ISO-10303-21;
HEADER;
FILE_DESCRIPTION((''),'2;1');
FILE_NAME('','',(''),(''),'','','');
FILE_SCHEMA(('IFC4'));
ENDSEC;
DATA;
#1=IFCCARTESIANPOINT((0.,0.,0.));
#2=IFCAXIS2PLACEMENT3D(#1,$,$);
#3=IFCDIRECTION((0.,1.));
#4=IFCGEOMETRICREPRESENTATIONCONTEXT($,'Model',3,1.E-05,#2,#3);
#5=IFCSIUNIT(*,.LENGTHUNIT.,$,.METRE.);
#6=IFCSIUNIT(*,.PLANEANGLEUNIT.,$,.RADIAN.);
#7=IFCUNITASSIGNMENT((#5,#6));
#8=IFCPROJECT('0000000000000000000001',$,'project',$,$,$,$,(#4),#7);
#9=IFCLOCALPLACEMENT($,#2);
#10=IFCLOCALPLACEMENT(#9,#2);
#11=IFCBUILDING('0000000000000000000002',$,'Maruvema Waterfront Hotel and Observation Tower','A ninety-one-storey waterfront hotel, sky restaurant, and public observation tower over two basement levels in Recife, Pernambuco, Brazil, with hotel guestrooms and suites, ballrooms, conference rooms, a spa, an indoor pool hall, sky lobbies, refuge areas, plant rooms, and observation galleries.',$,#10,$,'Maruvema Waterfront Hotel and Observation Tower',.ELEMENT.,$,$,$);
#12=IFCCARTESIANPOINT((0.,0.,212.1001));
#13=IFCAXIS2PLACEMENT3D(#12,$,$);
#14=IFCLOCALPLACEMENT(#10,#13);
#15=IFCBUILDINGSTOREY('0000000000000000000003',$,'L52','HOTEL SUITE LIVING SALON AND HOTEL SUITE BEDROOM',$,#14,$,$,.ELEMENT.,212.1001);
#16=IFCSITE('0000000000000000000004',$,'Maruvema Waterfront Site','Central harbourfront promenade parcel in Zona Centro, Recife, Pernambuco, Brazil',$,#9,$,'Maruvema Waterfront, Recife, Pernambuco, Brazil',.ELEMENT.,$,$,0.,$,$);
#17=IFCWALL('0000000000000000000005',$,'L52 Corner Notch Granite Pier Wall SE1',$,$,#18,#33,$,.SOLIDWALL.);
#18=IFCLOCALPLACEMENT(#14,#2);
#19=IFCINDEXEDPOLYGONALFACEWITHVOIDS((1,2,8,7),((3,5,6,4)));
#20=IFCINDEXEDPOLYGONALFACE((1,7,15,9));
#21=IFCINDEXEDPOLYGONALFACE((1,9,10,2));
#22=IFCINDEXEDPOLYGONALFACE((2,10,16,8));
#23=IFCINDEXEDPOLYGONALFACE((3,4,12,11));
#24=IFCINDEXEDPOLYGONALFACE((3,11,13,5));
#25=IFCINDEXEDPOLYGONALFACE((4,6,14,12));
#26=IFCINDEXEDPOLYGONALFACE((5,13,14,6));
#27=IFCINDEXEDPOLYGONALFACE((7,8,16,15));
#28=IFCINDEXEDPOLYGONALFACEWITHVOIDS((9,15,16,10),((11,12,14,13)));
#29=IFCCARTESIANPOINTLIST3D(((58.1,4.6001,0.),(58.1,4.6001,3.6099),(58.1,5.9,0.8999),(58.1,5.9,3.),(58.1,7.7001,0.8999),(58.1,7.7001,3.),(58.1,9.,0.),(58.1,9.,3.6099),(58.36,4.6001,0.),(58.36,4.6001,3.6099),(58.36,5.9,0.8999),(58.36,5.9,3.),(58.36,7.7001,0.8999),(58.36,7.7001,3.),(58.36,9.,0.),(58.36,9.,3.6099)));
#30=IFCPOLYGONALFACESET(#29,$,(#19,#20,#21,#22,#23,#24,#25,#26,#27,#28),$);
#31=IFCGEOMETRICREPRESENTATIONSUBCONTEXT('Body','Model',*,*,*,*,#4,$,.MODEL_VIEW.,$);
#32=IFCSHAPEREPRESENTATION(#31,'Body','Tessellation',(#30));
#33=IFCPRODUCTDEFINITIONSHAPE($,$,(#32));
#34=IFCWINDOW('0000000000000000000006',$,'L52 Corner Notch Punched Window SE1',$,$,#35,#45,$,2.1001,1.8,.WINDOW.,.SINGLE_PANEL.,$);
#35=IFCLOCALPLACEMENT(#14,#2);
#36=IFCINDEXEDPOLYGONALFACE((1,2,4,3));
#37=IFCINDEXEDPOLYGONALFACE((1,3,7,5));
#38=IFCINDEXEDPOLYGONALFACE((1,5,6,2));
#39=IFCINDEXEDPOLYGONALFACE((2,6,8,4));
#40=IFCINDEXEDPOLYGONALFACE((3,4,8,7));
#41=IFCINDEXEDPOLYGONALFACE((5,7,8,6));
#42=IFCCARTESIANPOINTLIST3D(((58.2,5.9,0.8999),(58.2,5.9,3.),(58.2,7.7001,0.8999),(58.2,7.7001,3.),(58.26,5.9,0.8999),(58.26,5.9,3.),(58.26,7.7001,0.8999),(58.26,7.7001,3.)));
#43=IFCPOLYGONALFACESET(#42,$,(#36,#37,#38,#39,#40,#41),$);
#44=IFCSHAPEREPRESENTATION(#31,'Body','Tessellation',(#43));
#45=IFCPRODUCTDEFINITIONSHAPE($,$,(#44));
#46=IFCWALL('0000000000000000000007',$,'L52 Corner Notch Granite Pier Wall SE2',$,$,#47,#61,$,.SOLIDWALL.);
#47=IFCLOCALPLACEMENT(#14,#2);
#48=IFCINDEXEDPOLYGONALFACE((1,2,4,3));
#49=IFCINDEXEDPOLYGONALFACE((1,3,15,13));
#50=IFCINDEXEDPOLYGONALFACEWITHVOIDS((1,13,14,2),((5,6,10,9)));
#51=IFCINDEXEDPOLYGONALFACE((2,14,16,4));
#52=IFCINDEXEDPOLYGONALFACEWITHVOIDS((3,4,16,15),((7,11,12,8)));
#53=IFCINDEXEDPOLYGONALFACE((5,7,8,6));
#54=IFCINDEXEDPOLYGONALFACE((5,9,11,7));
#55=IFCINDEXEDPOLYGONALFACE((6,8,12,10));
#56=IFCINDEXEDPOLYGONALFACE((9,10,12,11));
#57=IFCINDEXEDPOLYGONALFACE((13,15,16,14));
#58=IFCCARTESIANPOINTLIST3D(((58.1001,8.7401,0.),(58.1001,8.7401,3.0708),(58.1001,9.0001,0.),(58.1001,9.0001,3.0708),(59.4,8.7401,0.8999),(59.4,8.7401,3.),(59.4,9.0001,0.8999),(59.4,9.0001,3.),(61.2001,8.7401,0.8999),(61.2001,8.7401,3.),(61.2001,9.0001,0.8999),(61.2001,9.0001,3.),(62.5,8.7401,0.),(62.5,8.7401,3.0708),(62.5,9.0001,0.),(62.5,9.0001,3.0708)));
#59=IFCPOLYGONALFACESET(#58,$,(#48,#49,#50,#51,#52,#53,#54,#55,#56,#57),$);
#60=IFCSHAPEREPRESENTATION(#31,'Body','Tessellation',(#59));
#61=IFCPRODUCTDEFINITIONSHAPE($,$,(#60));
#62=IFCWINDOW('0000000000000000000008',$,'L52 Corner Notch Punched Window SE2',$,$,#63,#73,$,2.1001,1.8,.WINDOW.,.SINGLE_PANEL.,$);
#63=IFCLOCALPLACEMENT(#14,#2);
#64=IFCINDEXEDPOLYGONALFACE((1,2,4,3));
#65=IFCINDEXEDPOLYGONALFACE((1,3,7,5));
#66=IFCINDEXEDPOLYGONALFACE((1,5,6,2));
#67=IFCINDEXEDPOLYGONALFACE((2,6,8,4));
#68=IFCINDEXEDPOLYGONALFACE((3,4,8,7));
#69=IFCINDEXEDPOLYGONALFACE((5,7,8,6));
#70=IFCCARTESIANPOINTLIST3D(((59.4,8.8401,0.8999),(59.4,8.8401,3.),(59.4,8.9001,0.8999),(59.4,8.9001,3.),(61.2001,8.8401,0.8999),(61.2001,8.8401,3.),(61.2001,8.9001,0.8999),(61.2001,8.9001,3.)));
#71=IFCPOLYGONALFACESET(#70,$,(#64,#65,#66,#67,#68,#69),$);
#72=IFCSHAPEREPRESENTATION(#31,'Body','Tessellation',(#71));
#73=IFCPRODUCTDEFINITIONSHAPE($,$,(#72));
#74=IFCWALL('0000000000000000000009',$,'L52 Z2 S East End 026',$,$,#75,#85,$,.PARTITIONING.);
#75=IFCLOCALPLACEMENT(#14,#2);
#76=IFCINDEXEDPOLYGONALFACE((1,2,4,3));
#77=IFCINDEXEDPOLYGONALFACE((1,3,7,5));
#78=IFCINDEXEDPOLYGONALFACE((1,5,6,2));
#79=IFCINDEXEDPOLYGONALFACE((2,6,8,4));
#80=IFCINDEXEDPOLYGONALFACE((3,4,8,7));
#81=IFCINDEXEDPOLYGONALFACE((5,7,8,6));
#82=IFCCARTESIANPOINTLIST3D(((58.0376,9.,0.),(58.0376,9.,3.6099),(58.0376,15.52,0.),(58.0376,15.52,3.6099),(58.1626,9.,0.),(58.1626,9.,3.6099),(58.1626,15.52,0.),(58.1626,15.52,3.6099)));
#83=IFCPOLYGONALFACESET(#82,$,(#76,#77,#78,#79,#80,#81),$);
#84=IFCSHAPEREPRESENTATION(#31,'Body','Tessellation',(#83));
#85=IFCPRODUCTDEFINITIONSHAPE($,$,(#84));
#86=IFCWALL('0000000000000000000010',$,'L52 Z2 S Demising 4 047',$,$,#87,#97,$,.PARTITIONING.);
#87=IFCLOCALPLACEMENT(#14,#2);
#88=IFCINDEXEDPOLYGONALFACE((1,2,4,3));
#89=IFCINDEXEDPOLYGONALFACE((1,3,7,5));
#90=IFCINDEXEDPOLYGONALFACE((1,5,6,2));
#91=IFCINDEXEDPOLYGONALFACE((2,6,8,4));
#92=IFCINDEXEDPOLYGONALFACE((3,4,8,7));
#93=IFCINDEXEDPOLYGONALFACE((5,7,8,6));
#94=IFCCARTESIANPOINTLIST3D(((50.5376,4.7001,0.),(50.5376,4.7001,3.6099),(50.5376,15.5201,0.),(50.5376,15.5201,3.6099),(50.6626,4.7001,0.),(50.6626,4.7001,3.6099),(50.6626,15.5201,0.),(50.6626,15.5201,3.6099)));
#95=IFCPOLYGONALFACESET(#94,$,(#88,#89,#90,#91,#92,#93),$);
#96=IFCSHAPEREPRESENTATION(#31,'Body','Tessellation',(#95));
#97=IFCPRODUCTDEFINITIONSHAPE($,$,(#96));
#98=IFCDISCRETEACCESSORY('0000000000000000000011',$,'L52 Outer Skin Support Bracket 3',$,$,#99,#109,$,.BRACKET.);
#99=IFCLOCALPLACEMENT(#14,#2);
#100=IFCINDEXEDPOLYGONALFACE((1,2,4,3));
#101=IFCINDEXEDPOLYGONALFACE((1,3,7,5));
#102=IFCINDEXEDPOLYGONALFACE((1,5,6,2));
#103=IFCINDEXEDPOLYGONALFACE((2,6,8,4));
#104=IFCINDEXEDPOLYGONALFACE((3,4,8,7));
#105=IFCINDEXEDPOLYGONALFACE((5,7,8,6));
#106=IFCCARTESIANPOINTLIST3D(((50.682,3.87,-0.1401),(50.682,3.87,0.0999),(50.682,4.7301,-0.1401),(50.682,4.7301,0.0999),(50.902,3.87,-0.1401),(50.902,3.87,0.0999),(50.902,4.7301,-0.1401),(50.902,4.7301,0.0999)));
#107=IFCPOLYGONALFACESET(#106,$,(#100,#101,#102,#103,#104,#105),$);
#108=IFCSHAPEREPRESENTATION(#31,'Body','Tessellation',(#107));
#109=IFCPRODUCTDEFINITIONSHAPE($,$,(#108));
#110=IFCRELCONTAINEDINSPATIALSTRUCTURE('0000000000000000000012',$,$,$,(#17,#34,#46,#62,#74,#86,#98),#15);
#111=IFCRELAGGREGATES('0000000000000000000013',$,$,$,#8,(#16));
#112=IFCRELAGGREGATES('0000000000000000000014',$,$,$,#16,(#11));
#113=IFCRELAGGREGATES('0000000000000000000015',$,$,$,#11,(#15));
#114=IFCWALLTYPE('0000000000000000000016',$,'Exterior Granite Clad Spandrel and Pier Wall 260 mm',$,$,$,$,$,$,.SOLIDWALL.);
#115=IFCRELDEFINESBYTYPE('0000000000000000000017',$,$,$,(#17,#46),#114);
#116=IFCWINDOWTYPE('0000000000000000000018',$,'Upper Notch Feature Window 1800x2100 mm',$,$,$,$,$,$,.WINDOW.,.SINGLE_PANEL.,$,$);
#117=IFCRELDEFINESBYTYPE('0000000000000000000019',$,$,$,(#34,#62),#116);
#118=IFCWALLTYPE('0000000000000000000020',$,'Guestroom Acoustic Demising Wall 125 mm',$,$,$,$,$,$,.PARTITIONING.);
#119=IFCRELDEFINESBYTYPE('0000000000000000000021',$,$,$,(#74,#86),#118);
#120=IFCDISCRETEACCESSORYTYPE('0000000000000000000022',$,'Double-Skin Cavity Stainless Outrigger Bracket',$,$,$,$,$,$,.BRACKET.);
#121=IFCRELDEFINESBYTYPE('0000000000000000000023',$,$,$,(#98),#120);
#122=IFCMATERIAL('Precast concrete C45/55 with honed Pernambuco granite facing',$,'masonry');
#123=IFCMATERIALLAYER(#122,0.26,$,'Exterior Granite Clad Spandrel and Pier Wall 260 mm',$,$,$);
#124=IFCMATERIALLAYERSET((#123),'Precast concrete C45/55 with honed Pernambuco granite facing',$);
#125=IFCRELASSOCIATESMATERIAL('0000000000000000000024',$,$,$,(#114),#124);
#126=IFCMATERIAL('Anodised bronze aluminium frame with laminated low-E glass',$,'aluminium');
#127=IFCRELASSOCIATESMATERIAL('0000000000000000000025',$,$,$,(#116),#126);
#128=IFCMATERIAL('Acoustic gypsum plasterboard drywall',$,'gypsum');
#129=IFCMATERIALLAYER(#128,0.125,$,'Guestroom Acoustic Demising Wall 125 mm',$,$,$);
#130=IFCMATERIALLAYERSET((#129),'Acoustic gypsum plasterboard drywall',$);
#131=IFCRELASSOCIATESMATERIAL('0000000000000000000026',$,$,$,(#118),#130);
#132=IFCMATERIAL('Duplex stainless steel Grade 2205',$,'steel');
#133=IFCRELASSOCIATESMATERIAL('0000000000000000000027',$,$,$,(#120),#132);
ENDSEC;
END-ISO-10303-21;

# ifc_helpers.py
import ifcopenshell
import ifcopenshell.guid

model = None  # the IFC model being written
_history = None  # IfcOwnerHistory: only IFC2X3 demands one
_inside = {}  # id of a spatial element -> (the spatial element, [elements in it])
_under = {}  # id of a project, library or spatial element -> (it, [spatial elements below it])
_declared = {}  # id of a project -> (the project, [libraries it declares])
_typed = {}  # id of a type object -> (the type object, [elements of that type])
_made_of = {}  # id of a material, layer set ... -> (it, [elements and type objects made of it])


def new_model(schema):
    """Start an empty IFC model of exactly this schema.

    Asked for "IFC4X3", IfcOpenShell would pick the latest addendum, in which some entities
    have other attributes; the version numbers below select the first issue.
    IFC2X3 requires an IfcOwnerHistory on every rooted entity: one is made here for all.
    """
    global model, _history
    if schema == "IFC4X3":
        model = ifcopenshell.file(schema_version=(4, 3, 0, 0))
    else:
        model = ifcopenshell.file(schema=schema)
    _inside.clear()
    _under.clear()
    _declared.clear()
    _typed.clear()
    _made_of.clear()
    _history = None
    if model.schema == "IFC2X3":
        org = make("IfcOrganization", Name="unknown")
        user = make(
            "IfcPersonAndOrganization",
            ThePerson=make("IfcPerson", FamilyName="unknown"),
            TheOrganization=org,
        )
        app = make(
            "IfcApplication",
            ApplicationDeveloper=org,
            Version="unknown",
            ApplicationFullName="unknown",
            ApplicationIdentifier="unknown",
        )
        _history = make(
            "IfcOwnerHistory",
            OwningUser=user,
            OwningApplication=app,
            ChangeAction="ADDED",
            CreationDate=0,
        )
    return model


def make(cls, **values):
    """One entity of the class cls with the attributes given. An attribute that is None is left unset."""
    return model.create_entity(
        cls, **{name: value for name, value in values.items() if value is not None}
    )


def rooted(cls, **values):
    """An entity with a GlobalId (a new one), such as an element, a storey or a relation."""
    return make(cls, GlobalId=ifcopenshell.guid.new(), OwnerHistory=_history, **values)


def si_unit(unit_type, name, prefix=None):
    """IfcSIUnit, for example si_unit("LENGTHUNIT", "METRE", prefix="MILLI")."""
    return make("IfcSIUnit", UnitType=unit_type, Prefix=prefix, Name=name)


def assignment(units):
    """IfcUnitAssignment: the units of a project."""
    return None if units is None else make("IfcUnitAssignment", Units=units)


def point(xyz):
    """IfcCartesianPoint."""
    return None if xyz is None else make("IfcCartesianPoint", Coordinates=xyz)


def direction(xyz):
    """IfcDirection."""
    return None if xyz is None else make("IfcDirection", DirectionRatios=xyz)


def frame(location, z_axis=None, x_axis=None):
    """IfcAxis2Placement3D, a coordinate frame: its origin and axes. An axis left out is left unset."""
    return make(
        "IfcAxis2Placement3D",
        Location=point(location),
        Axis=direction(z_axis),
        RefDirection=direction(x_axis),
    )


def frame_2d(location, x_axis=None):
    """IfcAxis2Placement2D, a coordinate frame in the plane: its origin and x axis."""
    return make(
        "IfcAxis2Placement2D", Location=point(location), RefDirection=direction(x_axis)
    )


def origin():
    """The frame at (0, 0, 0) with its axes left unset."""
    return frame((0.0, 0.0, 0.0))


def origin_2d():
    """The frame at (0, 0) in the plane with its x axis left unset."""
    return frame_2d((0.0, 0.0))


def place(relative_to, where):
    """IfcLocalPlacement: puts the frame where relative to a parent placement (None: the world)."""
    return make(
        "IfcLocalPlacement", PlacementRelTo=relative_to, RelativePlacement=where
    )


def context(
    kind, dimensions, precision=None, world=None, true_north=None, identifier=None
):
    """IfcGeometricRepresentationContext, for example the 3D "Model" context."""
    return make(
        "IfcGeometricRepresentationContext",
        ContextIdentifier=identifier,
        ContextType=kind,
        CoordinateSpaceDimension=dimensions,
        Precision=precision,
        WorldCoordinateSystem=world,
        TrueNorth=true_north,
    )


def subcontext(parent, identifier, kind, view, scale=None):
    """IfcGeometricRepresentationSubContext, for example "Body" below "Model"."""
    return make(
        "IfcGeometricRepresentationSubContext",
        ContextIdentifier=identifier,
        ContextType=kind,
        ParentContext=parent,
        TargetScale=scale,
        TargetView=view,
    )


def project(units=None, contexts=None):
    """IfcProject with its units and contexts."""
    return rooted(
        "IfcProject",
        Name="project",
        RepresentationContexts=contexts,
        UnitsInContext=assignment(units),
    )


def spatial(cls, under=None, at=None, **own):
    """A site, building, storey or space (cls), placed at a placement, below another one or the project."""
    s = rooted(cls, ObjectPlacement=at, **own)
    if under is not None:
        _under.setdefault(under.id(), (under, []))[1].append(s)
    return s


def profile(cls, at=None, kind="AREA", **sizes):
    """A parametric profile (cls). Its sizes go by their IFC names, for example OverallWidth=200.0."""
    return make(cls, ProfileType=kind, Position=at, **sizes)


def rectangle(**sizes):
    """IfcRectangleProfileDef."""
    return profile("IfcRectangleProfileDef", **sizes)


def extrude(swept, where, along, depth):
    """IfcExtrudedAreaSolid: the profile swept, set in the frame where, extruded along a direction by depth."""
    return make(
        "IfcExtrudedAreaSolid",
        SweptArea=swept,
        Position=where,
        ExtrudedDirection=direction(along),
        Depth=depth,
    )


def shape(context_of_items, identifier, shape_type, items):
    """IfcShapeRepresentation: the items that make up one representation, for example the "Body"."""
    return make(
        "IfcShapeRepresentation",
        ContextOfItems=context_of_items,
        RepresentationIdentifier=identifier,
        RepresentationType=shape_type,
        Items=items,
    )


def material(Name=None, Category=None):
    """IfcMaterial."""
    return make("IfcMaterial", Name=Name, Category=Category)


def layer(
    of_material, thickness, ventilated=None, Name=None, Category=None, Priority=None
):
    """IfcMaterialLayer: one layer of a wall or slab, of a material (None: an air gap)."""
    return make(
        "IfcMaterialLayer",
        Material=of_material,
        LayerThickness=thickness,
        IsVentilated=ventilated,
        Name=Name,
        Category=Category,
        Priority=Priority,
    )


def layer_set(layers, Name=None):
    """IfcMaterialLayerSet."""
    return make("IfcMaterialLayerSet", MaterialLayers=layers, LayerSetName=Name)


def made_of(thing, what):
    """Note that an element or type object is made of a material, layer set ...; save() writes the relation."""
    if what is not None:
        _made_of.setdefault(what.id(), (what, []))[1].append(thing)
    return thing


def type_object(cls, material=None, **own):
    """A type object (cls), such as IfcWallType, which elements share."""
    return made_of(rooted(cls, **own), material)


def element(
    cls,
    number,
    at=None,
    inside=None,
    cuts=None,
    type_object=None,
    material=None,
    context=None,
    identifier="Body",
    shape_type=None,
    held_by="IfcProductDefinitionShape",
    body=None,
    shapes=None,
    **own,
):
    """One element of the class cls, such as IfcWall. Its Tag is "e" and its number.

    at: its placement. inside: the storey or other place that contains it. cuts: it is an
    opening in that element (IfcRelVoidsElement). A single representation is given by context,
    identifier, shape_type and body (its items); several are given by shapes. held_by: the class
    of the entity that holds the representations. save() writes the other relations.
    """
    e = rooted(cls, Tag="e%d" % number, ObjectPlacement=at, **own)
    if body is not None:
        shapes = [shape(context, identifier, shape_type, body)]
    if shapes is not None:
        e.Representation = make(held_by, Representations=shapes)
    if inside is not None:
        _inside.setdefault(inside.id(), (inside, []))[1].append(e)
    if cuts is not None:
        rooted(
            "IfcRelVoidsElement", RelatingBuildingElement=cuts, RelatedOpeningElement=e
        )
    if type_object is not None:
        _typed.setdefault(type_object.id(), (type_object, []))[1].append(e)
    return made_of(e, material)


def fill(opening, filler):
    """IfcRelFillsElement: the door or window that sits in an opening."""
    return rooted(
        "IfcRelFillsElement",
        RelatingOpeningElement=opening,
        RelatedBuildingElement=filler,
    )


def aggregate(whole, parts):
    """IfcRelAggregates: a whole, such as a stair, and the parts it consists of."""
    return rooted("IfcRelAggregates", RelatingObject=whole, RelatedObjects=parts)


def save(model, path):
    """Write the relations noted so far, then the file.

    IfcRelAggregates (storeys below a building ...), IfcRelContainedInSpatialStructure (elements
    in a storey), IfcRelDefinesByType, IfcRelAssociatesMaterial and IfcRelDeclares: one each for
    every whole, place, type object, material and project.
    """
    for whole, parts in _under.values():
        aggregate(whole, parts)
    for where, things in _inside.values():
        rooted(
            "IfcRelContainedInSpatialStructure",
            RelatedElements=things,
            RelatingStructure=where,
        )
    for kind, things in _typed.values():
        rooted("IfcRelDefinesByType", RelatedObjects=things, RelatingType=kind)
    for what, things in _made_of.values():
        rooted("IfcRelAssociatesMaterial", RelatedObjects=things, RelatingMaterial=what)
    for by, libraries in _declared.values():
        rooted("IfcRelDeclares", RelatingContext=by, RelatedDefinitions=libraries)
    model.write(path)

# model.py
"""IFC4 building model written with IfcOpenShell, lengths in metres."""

from ifc_helpers import new_model, si_unit, direction, frame, frame_2d, origin, origin_2d, place, context, subcontext, project, spatial, rectangle, extrude, material, layer, layer_set, type_object, element, fill, save


model = new_model("IFC4")

# Units and contexts
model_context = context("Model", 3, precision=1e-05, world=origin(), true_north=direction((0.0, 1.0)))
body_context = subcontext(model_context, "Body", "Model", "MODEL_VIEW")
ifc_project = project(units=[si_unit("LENGTHUNIT", "METRE"), si_unit("PLANEANGLEUNIT", "RADIAN")], contexts=[model_context])

# Site, building, storey
site_placement = place(None, origin())
site = spatial("IfcSite", under=ifc_project, at=site_placement, Name="Maruvema Waterfront Site", Description="Central harbourfront promenade parcel in Zona Centro, Recife, Pernambuco, Brazil", LongName="Maruvema Waterfront, Recife, Pernambuco, Brazil", CompositionType="ELEMENT", RefElevation=0.0)
building_placement = place(site_placement, origin())
building = spatial("IfcBuilding", under=site, at=building_placement, Name="Maruvema Waterfront Hotel and Observation Tower", Description="A ninety-one-storey waterfront hotel, sky restaurant, and public observation tower over two basement levels in Recife, Pernambuco, Brazil, with hotel guestrooms and suites, ballrooms, conference rooms, a spa, an indoor pool hall, sky lobbies, refuge areas, plant rooms, and observation galleries.", LongName="Maruvema Waterfront Hotel and Observation Tower", CompositionType="ELEMENT")
storey_placement = place(building_placement, frame((0.0, 0.0, 212.1001)))
storey = spatial("IfcBuildingStorey", under=building, at=storey_placement, Name="L52", Description="HOTEL SUITE LIVING SALON AND HOTEL SUITE BEDROOM", CompositionType="ELEMENT", Elevation=212.1001)

# Walls, openings, windows
ifc_material_1 = material(Name="Precast concrete C45/55 with honed Pernambuco granite facing", Category="masonry")
ifc_layer_1 = layer(ifc_material_1, 0.26, Name="Exterior Granite Clad Spandrel and Pier Wall 260 mm")
ifc_layer_set_1 = layer_set([ifc_layer_1], Name="Precast concrete C45/55 with honed Pernambuco granite facing")
wall_type_1 = type_object("IfcWallType", Name="Exterior Granite Clad Spandrel and Pier Wall 260 mm", PredefinedType="SOLIDWALL", material=ifc_layer_set_1)
wall_1_placement = place(storey_placement, frame((58.23, 9.0, 0.0), z_axis=(0.0, 0.0, 1.0), x_axis=(0.0, -1.0, 0.0)))
wall_1 = element("IfcWall", 1, at=wall_1_placement, inside=storey, type_object=wall_type_1, Name="L52 Corner Notch Granite Pier Wall SE1", PredefinedType="SOLIDWALL", context=body_context, shape_type="SweptSolid", body=[
    extrude(rectangle(XDim=4.3999, YDim=0.26, at=frame_2d((2.2, 0.0))), origin(), (0.0, 0.0, 1.0), 3.6099),
])
opening_1_placement = place(wall_1_placement, frame((1.3, 0.0, 0.8999)))
opening_1 = element("IfcOpeningElement", 2, at=opening_1_placement, cuts=wall_1, PredefinedType="OPENING", context=body_context, shape_type="SweptSolid", body=[
    extrude(rectangle(XDim=1.8, YDim=2.1001, at=frame_2d((0.8999, 1.05))), frame((0.0, 0.1401, 0.0), z_axis=(0.0, -1.0, 0.0), x_axis=(1.0, 0.0, 0.0)), (0.0, 0.0, 1.0), 0.28),
])
ifc_material_2 = material(Name="Anodised bronze aluminium frame with laminated low-E glass", Category="aluminium")
window_type = type_object("IfcWindowType", Name="Upper Notch Feature Window 1800x2100 mm", PartitioningType="SINGLE_PANEL", PredefinedType="WINDOW", material=ifc_material_2)
window_1_placement = place(opening_1_placement, origin())
window_1 = element("IfcWindow", 3, at=window_1_placement, inside=storey, type_object=window_type, Name="L52 Corner Notch Punched Window SE1", OverallHeight=2.1001, OverallWidth=1.8, PartitioningType="SINGLE_PANEL", PredefinedType="WINDOW", context=body_context, shape_type="SweptSolid", body=[
    extrude(rectangle(XDim=1.8, YDim=2.1001, at=frame_2d((0.8999, 1.05))), frame((0.0, 0.03, 0.0), z_axis=(0.0, -1.0, 0.0), x_axis=(1.0, 0.0, 0.0)), (0.0, 0.0, 1.0), 0.0601),
])
fill(opening_1, window_1)
wall_2_placement = place(storey_placement, frame((62.5, 8.8701, 0.0), z_axis=(0.0, 0.0, 1.0), x_axis=(-1.0, 0.0, 0.0)))
wall_2 = element("IfcWall", 4, at=wall_2_placement, inside=storey, type_object=wall_type_1, Name="L52 Corner Notch Granite Pier Wall SE2", PredefinedType="SOLIDWALL", context=body_context, shape_type="SweptSolid", body=[
    extrude(rectangle(XDim=4.3999, YDim=0.26, at=frame_2d((2.2, 0.0))), origin(), (0.0, 0.0, 1.0), 3.0708),
])
opening_2_placement = place(wall_2_placement, frame((1.3, 0.0, 0.8999)))
opening_2 = element("IfcOpeningElement", 5, at=opening_2_placement, cuts=wall_2, PredefinedType="OPENING", context=body_context, shape_type="SweptSolid", body=[
    extrude(rectangle(XDim=1.8, YDim=2.1001, at=frame_2d((0.8999, 1.05))), frame((0.0, 0.1401, 0.0), z_axis=(0.0, -1.0, 0.0), x_axis=(1.0, 0.0, 0.0)), (0.0, 0.0, 1.0), 0.28),
])
window_2_placement = place(opening_2_placement, origin())
window_2 = element("IfcWindow", 6, at=window_2_placement, inside=storey, type_object=window_type, Name="L52 Corner Notch Punched Window SE2", OverallHeight=2.1001, OverallWidth=1.8, PartitioningType="SINGLE_PANEL", PredefinedType="WINDOW", context=body_context, shape_type="SweptSolid", body=[
    extrude(rectangle(XDim=1.8, YDim=2.1001, at=frame_2d((0.8999, 1.05))), frame((0.0, 0.03, 0.0), z_axis=(0.0, -1.0, 0.0), x_axis=(1.0, 0.0, 0.0)), (0.0, 0.0, 1.0), 0.0601),
])
fill(opening_2, window_2)

# Walls
ifc_material_3 = material(Name="Acoustic gypsum plasterboard drywall", Category="gypsum")
ifc_layer_2 = layer(ifc_material_3, 0.125, Name="Guestroom Acoustic Demising Wall 125 mm")
ifc_layer_set_2 = layer_set([ifc_layer_2], Name="Acoustic gypsum plasterboard drywall")
wall_type_2 = type_object("IfcWallType", Name="Guestroom Acoustic Demising Wall 125 mm", PredefinedType="PARTITIONING", material=ifc_layer_set_2)
wall_3_placement = place(storey_placement, frame((58.1001, 9.0, 0.0), z_axis=(0.0, 0.0, 1.0), x_axis=(0.0, 1.0, 0.0)))
element("IfcWall", 7, at=wall_3_placement, inside=storey, type_object=wall_type_2, Name="L52 Z2 S East End 026", PredefinedType="PARTITIONING", context=body_context, shape_type="SweptSolid", body=[
    extrude(rectangle(XDim=6.52, YDim=0.125, at=frame_2d((3.26, 0.0))), origin(), (0.0, 0.0, 1.0), 3.6099),
])
wall_4_placement = place(storey_placement, frame((50.6001, 4.7, 0.0), z_axis=(0.0, 0.0, 1.0), x_axis=(0.0, 1.0, 0.0)))
element("IfcWall", 8, at=wall_4_placement, inside=storey, type_object=wall_type_2, Name="L52 Z2 S Demising 4 047", PredefinedType="PARTITIONING", context=body_context, shape_type="SweptSolid", body=[
    extrude(rectangle(XDim=10.8201, YDim=0.125, at=frame_2d((5.4102, 0.0))), origin(), (0.0, 0.0, 1.0), 3.6099),
])

# Discrete accessory
ifc_material_4 = material(Name="Duplex stainless steel Grade 2205", Category="steel")
discrete_accessory_type = type_object("IfcDiscreteAccessoryType", Name="Double-Skin Cavity Stainless Outrigger Bracket", PredefinedType="BRACKET", material=ifc_material_4)
discrete_accessory_placement = place(storey_placement, frame((50.792, 4.3, -0.1401), z_axis=(0.0, 0.0, 1.0), x_axis=(1.0, 0.0, 0.0)))
element("IfcDiscreteAccessory", 9, at=discrete_accessory_placement, inside=storey, type_object=discrete_accessory_type, Name="L52 Outer Skin Support Bracket 3", PredefinedType="BRACKET", context=body_context, shape_type="SweptSolid", body=[
    extrude(rectangle(XDim=0.22, YDim=0.8601, at=origin_2d()), origin(), (0.0, 0.0, 1.0), 0.24),
])

save(model, "model.ifc")
